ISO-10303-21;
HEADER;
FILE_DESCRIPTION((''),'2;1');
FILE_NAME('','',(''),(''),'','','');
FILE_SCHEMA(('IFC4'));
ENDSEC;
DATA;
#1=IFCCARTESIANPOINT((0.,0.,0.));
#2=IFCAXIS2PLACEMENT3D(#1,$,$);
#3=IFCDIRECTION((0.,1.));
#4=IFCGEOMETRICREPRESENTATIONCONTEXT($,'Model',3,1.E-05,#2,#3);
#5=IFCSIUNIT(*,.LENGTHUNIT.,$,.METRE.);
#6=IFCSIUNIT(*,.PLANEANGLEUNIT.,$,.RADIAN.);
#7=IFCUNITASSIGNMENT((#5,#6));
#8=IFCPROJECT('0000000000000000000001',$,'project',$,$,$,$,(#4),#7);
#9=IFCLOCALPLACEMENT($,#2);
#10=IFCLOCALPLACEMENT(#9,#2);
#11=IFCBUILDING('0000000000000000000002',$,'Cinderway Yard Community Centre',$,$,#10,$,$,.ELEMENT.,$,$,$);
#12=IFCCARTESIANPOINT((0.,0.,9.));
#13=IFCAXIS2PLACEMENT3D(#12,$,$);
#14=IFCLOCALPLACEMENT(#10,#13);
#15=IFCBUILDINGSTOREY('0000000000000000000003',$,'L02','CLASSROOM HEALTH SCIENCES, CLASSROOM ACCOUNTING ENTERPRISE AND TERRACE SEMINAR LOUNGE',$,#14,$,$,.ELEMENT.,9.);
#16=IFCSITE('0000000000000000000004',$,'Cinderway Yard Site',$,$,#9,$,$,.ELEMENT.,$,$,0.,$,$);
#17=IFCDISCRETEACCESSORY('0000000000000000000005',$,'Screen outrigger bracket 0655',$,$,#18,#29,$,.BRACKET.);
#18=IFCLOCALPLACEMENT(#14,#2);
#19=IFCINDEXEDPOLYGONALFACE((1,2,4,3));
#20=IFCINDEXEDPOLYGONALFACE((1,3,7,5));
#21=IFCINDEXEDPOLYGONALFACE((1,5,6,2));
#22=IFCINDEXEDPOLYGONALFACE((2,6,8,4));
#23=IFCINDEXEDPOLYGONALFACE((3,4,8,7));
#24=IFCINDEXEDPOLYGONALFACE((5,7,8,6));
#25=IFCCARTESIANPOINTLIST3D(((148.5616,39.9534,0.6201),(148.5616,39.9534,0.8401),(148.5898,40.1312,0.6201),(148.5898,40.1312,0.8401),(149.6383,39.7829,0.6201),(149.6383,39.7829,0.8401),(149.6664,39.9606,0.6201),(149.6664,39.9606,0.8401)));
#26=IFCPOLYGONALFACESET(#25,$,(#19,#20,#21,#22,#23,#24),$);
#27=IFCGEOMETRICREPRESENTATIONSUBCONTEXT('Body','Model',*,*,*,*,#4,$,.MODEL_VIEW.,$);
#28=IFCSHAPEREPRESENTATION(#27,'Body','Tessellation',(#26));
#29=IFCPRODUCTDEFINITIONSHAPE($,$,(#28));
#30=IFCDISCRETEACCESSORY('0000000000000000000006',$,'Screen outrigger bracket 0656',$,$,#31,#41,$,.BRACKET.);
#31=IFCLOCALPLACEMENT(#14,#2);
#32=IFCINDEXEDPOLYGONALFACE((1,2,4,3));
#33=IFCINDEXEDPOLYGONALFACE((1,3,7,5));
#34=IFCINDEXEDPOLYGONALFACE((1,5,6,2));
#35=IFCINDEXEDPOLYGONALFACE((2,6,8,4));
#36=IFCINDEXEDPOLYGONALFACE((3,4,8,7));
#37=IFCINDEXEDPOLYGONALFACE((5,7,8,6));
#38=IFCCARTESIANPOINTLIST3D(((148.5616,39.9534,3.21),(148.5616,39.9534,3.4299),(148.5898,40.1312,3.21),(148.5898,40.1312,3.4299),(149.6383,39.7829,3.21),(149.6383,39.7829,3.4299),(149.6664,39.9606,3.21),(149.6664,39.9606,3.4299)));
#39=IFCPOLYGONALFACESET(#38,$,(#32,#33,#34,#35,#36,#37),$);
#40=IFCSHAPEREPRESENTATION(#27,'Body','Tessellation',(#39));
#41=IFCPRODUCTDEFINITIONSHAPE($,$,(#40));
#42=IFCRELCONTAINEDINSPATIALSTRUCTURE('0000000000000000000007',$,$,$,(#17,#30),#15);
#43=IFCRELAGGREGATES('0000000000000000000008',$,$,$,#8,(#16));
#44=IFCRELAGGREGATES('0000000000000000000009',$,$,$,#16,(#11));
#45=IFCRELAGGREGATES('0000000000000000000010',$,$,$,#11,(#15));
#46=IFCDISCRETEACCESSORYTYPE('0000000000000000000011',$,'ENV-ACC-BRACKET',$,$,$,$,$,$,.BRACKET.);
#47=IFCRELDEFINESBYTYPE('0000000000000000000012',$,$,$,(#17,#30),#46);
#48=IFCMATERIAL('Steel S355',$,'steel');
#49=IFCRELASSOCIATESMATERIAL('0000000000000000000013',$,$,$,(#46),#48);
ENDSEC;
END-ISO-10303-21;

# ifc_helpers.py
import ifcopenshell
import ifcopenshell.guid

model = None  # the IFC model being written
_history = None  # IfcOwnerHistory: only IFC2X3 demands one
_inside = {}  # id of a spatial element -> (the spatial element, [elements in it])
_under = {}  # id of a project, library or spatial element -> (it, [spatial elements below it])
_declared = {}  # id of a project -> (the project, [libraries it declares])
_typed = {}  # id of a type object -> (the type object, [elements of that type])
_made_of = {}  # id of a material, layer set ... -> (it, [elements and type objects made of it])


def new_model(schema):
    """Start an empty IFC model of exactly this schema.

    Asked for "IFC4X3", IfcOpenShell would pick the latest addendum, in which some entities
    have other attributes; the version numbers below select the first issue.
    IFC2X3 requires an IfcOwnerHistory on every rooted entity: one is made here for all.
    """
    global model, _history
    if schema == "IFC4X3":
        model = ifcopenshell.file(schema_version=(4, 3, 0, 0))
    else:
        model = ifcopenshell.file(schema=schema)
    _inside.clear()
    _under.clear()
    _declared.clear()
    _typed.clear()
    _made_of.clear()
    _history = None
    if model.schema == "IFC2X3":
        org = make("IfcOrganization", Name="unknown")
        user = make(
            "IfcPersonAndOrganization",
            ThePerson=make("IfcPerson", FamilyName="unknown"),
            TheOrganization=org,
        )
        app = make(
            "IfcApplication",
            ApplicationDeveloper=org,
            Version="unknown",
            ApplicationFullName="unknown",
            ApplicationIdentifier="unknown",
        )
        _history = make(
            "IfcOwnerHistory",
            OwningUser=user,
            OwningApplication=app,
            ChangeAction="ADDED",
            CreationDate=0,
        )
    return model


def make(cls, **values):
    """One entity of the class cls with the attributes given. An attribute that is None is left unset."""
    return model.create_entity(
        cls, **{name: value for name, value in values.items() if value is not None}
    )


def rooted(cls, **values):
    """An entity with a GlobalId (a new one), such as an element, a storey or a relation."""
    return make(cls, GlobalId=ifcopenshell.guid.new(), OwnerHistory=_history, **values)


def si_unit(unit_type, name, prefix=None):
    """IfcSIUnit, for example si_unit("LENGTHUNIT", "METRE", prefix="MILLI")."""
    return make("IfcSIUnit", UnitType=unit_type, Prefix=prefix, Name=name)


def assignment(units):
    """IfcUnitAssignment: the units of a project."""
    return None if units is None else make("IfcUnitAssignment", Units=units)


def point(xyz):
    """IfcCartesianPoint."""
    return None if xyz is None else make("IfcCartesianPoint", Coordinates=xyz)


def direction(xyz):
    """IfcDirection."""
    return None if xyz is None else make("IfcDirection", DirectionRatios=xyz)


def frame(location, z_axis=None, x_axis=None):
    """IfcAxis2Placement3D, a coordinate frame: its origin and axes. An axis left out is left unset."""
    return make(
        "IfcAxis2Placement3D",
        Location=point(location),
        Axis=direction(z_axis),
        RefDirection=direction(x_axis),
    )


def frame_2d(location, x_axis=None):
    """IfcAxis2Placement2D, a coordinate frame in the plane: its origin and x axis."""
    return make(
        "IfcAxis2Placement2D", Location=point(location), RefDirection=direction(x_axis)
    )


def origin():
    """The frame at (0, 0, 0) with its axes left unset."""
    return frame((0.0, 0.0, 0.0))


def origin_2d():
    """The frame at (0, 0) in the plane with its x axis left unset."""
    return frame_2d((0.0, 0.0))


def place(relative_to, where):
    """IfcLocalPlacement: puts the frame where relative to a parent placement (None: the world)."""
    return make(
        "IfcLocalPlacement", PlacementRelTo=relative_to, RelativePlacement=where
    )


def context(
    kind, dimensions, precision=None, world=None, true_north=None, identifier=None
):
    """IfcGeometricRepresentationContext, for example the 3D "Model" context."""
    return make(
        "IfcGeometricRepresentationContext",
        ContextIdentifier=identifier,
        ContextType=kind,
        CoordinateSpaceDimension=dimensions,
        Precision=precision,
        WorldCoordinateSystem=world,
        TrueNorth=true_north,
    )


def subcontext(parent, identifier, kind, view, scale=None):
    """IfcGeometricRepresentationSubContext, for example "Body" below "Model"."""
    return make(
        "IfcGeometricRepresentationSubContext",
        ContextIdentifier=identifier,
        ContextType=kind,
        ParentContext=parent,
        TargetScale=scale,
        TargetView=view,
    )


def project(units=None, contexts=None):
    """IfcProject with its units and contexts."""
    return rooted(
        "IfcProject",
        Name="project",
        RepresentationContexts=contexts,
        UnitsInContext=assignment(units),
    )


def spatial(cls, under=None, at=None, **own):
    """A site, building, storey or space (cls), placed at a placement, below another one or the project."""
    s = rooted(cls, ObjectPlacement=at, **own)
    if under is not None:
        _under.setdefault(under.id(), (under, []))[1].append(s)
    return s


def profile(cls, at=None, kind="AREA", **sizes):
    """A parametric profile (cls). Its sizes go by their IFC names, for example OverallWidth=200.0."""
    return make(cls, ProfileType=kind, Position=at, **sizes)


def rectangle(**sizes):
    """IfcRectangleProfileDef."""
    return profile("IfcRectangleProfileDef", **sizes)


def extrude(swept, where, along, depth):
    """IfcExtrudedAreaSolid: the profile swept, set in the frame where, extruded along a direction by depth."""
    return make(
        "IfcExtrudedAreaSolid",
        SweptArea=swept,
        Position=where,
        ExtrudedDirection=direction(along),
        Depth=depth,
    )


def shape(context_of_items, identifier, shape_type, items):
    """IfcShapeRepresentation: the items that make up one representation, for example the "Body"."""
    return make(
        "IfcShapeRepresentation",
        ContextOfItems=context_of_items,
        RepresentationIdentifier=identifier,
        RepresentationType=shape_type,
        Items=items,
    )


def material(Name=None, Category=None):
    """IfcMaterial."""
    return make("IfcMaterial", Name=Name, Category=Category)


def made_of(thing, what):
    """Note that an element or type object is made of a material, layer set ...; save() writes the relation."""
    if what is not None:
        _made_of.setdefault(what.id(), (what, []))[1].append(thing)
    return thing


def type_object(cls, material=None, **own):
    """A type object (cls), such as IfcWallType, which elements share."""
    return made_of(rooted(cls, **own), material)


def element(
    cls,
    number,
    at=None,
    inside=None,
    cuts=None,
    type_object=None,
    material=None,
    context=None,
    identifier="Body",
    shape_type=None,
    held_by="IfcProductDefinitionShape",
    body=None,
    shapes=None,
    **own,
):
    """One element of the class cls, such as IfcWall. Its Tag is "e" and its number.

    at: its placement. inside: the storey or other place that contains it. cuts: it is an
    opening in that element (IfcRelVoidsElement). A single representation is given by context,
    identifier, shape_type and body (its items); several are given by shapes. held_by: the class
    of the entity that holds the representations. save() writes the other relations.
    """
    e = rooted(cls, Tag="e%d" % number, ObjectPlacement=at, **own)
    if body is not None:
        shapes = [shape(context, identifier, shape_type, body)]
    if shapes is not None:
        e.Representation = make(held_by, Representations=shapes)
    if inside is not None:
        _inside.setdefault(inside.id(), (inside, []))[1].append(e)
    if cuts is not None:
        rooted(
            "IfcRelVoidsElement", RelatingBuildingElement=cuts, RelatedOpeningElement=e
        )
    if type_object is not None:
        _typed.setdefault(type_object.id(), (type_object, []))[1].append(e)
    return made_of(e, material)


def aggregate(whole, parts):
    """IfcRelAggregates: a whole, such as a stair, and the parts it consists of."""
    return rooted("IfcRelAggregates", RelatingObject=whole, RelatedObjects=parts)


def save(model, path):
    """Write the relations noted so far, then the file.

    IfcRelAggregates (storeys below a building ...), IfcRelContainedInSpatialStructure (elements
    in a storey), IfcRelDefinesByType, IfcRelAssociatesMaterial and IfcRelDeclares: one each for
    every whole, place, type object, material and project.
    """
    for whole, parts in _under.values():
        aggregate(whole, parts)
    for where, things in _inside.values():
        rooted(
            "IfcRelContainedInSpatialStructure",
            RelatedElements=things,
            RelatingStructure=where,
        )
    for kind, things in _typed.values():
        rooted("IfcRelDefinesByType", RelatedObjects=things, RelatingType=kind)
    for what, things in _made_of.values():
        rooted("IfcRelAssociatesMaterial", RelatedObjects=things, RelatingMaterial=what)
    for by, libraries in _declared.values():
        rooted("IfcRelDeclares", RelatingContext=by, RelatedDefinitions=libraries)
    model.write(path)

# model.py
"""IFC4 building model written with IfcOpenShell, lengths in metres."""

from ifc_helpers import new_model, si_unit, direction, frame, origin, origin_2d, place, context, subcontext, project, spatial, rectangle, extrude, material, type_object, element, save


model = new_model("IFC4")

# Units and contexts
model_context = context("Model", 3, precision=1e-05, world=origin(), true_north=direction((0.0, 1.0)))
body_context = subcontext(model_context, "Body", "Model", "MODEL_VIEW")
ifc_project = project(units=[si_unit("LENGTHUNIT", "METRE"), si_unit("PLANEANGLEUNIT", "RADIAN")], contexts=[model_context])

# Site, building, storey
site_placement = place(None, origin())
site = spatial("IfcSite", under=ifc_project, at=site_placement, Name="Cinderway Yard Site", CompositionType="ELEMENT", RefElevation=0.0)
building_placement = place(site_placement, origin())
building = spatial("IfcBuilding", under=site, at=building_placement, Name="Cinderway Yard Community Centre", CompositionType="ELEMENT")
storey_placement = place(building_placement, frame((0.0, 0.0, 9.0)))
storey = spatial("IfcBuildingStorey", under=building, at=storey_placement, Name="L02", Description="CLASSROOM HEALTH SCIENCES, CLASSROOM ACCOUNTING ENTERPRISE AND TERRACE SEMINAR LOUNGE", CompositionType="ELEMENT", Elevation=9.0)

# Shared definitions
ifc_material_1 = material(Name="Steel S355", Category="steel")

# Discrete accessories
discrete_accessory_type = type_object("IfcDiscreteAccessoryType", Name="ENV-ACC-BRACKET", PredefinedType="BRACKET", material=ifc_material_1)
for number, where, z_axis, x_axis, name in (
    (1, (149.114, 39.957, 0.6201), (0.0, 0.0, 1.0), (0.987688, -0.156434, 0.0), "Screen outrigger bracket 0655"),
    (2, (149.114, 39.957, 3.21), (0.0, 0.0, 1.0), (0.987688, -0.156434, 0.0), "Screen outrigger bracket 0656"),
):
    element("IfcDiscreteAccessory", number, at=place(storey_placement, frame(where, z_axis=z_axis, x_axis=x_axis)), inside=storey, type_object=discrete_accessory_type, Name=name, PredefinedType="BRACKET", context=body_context, shape_type="SweptSolid", body=[
        extrude(rectangle(XDim=1.0901, YDim=0.1799, at=origin_2d()), origin(), (0.0, 0.0, 1.0), 0.22),
    ])

save(model, "model.ifc")
